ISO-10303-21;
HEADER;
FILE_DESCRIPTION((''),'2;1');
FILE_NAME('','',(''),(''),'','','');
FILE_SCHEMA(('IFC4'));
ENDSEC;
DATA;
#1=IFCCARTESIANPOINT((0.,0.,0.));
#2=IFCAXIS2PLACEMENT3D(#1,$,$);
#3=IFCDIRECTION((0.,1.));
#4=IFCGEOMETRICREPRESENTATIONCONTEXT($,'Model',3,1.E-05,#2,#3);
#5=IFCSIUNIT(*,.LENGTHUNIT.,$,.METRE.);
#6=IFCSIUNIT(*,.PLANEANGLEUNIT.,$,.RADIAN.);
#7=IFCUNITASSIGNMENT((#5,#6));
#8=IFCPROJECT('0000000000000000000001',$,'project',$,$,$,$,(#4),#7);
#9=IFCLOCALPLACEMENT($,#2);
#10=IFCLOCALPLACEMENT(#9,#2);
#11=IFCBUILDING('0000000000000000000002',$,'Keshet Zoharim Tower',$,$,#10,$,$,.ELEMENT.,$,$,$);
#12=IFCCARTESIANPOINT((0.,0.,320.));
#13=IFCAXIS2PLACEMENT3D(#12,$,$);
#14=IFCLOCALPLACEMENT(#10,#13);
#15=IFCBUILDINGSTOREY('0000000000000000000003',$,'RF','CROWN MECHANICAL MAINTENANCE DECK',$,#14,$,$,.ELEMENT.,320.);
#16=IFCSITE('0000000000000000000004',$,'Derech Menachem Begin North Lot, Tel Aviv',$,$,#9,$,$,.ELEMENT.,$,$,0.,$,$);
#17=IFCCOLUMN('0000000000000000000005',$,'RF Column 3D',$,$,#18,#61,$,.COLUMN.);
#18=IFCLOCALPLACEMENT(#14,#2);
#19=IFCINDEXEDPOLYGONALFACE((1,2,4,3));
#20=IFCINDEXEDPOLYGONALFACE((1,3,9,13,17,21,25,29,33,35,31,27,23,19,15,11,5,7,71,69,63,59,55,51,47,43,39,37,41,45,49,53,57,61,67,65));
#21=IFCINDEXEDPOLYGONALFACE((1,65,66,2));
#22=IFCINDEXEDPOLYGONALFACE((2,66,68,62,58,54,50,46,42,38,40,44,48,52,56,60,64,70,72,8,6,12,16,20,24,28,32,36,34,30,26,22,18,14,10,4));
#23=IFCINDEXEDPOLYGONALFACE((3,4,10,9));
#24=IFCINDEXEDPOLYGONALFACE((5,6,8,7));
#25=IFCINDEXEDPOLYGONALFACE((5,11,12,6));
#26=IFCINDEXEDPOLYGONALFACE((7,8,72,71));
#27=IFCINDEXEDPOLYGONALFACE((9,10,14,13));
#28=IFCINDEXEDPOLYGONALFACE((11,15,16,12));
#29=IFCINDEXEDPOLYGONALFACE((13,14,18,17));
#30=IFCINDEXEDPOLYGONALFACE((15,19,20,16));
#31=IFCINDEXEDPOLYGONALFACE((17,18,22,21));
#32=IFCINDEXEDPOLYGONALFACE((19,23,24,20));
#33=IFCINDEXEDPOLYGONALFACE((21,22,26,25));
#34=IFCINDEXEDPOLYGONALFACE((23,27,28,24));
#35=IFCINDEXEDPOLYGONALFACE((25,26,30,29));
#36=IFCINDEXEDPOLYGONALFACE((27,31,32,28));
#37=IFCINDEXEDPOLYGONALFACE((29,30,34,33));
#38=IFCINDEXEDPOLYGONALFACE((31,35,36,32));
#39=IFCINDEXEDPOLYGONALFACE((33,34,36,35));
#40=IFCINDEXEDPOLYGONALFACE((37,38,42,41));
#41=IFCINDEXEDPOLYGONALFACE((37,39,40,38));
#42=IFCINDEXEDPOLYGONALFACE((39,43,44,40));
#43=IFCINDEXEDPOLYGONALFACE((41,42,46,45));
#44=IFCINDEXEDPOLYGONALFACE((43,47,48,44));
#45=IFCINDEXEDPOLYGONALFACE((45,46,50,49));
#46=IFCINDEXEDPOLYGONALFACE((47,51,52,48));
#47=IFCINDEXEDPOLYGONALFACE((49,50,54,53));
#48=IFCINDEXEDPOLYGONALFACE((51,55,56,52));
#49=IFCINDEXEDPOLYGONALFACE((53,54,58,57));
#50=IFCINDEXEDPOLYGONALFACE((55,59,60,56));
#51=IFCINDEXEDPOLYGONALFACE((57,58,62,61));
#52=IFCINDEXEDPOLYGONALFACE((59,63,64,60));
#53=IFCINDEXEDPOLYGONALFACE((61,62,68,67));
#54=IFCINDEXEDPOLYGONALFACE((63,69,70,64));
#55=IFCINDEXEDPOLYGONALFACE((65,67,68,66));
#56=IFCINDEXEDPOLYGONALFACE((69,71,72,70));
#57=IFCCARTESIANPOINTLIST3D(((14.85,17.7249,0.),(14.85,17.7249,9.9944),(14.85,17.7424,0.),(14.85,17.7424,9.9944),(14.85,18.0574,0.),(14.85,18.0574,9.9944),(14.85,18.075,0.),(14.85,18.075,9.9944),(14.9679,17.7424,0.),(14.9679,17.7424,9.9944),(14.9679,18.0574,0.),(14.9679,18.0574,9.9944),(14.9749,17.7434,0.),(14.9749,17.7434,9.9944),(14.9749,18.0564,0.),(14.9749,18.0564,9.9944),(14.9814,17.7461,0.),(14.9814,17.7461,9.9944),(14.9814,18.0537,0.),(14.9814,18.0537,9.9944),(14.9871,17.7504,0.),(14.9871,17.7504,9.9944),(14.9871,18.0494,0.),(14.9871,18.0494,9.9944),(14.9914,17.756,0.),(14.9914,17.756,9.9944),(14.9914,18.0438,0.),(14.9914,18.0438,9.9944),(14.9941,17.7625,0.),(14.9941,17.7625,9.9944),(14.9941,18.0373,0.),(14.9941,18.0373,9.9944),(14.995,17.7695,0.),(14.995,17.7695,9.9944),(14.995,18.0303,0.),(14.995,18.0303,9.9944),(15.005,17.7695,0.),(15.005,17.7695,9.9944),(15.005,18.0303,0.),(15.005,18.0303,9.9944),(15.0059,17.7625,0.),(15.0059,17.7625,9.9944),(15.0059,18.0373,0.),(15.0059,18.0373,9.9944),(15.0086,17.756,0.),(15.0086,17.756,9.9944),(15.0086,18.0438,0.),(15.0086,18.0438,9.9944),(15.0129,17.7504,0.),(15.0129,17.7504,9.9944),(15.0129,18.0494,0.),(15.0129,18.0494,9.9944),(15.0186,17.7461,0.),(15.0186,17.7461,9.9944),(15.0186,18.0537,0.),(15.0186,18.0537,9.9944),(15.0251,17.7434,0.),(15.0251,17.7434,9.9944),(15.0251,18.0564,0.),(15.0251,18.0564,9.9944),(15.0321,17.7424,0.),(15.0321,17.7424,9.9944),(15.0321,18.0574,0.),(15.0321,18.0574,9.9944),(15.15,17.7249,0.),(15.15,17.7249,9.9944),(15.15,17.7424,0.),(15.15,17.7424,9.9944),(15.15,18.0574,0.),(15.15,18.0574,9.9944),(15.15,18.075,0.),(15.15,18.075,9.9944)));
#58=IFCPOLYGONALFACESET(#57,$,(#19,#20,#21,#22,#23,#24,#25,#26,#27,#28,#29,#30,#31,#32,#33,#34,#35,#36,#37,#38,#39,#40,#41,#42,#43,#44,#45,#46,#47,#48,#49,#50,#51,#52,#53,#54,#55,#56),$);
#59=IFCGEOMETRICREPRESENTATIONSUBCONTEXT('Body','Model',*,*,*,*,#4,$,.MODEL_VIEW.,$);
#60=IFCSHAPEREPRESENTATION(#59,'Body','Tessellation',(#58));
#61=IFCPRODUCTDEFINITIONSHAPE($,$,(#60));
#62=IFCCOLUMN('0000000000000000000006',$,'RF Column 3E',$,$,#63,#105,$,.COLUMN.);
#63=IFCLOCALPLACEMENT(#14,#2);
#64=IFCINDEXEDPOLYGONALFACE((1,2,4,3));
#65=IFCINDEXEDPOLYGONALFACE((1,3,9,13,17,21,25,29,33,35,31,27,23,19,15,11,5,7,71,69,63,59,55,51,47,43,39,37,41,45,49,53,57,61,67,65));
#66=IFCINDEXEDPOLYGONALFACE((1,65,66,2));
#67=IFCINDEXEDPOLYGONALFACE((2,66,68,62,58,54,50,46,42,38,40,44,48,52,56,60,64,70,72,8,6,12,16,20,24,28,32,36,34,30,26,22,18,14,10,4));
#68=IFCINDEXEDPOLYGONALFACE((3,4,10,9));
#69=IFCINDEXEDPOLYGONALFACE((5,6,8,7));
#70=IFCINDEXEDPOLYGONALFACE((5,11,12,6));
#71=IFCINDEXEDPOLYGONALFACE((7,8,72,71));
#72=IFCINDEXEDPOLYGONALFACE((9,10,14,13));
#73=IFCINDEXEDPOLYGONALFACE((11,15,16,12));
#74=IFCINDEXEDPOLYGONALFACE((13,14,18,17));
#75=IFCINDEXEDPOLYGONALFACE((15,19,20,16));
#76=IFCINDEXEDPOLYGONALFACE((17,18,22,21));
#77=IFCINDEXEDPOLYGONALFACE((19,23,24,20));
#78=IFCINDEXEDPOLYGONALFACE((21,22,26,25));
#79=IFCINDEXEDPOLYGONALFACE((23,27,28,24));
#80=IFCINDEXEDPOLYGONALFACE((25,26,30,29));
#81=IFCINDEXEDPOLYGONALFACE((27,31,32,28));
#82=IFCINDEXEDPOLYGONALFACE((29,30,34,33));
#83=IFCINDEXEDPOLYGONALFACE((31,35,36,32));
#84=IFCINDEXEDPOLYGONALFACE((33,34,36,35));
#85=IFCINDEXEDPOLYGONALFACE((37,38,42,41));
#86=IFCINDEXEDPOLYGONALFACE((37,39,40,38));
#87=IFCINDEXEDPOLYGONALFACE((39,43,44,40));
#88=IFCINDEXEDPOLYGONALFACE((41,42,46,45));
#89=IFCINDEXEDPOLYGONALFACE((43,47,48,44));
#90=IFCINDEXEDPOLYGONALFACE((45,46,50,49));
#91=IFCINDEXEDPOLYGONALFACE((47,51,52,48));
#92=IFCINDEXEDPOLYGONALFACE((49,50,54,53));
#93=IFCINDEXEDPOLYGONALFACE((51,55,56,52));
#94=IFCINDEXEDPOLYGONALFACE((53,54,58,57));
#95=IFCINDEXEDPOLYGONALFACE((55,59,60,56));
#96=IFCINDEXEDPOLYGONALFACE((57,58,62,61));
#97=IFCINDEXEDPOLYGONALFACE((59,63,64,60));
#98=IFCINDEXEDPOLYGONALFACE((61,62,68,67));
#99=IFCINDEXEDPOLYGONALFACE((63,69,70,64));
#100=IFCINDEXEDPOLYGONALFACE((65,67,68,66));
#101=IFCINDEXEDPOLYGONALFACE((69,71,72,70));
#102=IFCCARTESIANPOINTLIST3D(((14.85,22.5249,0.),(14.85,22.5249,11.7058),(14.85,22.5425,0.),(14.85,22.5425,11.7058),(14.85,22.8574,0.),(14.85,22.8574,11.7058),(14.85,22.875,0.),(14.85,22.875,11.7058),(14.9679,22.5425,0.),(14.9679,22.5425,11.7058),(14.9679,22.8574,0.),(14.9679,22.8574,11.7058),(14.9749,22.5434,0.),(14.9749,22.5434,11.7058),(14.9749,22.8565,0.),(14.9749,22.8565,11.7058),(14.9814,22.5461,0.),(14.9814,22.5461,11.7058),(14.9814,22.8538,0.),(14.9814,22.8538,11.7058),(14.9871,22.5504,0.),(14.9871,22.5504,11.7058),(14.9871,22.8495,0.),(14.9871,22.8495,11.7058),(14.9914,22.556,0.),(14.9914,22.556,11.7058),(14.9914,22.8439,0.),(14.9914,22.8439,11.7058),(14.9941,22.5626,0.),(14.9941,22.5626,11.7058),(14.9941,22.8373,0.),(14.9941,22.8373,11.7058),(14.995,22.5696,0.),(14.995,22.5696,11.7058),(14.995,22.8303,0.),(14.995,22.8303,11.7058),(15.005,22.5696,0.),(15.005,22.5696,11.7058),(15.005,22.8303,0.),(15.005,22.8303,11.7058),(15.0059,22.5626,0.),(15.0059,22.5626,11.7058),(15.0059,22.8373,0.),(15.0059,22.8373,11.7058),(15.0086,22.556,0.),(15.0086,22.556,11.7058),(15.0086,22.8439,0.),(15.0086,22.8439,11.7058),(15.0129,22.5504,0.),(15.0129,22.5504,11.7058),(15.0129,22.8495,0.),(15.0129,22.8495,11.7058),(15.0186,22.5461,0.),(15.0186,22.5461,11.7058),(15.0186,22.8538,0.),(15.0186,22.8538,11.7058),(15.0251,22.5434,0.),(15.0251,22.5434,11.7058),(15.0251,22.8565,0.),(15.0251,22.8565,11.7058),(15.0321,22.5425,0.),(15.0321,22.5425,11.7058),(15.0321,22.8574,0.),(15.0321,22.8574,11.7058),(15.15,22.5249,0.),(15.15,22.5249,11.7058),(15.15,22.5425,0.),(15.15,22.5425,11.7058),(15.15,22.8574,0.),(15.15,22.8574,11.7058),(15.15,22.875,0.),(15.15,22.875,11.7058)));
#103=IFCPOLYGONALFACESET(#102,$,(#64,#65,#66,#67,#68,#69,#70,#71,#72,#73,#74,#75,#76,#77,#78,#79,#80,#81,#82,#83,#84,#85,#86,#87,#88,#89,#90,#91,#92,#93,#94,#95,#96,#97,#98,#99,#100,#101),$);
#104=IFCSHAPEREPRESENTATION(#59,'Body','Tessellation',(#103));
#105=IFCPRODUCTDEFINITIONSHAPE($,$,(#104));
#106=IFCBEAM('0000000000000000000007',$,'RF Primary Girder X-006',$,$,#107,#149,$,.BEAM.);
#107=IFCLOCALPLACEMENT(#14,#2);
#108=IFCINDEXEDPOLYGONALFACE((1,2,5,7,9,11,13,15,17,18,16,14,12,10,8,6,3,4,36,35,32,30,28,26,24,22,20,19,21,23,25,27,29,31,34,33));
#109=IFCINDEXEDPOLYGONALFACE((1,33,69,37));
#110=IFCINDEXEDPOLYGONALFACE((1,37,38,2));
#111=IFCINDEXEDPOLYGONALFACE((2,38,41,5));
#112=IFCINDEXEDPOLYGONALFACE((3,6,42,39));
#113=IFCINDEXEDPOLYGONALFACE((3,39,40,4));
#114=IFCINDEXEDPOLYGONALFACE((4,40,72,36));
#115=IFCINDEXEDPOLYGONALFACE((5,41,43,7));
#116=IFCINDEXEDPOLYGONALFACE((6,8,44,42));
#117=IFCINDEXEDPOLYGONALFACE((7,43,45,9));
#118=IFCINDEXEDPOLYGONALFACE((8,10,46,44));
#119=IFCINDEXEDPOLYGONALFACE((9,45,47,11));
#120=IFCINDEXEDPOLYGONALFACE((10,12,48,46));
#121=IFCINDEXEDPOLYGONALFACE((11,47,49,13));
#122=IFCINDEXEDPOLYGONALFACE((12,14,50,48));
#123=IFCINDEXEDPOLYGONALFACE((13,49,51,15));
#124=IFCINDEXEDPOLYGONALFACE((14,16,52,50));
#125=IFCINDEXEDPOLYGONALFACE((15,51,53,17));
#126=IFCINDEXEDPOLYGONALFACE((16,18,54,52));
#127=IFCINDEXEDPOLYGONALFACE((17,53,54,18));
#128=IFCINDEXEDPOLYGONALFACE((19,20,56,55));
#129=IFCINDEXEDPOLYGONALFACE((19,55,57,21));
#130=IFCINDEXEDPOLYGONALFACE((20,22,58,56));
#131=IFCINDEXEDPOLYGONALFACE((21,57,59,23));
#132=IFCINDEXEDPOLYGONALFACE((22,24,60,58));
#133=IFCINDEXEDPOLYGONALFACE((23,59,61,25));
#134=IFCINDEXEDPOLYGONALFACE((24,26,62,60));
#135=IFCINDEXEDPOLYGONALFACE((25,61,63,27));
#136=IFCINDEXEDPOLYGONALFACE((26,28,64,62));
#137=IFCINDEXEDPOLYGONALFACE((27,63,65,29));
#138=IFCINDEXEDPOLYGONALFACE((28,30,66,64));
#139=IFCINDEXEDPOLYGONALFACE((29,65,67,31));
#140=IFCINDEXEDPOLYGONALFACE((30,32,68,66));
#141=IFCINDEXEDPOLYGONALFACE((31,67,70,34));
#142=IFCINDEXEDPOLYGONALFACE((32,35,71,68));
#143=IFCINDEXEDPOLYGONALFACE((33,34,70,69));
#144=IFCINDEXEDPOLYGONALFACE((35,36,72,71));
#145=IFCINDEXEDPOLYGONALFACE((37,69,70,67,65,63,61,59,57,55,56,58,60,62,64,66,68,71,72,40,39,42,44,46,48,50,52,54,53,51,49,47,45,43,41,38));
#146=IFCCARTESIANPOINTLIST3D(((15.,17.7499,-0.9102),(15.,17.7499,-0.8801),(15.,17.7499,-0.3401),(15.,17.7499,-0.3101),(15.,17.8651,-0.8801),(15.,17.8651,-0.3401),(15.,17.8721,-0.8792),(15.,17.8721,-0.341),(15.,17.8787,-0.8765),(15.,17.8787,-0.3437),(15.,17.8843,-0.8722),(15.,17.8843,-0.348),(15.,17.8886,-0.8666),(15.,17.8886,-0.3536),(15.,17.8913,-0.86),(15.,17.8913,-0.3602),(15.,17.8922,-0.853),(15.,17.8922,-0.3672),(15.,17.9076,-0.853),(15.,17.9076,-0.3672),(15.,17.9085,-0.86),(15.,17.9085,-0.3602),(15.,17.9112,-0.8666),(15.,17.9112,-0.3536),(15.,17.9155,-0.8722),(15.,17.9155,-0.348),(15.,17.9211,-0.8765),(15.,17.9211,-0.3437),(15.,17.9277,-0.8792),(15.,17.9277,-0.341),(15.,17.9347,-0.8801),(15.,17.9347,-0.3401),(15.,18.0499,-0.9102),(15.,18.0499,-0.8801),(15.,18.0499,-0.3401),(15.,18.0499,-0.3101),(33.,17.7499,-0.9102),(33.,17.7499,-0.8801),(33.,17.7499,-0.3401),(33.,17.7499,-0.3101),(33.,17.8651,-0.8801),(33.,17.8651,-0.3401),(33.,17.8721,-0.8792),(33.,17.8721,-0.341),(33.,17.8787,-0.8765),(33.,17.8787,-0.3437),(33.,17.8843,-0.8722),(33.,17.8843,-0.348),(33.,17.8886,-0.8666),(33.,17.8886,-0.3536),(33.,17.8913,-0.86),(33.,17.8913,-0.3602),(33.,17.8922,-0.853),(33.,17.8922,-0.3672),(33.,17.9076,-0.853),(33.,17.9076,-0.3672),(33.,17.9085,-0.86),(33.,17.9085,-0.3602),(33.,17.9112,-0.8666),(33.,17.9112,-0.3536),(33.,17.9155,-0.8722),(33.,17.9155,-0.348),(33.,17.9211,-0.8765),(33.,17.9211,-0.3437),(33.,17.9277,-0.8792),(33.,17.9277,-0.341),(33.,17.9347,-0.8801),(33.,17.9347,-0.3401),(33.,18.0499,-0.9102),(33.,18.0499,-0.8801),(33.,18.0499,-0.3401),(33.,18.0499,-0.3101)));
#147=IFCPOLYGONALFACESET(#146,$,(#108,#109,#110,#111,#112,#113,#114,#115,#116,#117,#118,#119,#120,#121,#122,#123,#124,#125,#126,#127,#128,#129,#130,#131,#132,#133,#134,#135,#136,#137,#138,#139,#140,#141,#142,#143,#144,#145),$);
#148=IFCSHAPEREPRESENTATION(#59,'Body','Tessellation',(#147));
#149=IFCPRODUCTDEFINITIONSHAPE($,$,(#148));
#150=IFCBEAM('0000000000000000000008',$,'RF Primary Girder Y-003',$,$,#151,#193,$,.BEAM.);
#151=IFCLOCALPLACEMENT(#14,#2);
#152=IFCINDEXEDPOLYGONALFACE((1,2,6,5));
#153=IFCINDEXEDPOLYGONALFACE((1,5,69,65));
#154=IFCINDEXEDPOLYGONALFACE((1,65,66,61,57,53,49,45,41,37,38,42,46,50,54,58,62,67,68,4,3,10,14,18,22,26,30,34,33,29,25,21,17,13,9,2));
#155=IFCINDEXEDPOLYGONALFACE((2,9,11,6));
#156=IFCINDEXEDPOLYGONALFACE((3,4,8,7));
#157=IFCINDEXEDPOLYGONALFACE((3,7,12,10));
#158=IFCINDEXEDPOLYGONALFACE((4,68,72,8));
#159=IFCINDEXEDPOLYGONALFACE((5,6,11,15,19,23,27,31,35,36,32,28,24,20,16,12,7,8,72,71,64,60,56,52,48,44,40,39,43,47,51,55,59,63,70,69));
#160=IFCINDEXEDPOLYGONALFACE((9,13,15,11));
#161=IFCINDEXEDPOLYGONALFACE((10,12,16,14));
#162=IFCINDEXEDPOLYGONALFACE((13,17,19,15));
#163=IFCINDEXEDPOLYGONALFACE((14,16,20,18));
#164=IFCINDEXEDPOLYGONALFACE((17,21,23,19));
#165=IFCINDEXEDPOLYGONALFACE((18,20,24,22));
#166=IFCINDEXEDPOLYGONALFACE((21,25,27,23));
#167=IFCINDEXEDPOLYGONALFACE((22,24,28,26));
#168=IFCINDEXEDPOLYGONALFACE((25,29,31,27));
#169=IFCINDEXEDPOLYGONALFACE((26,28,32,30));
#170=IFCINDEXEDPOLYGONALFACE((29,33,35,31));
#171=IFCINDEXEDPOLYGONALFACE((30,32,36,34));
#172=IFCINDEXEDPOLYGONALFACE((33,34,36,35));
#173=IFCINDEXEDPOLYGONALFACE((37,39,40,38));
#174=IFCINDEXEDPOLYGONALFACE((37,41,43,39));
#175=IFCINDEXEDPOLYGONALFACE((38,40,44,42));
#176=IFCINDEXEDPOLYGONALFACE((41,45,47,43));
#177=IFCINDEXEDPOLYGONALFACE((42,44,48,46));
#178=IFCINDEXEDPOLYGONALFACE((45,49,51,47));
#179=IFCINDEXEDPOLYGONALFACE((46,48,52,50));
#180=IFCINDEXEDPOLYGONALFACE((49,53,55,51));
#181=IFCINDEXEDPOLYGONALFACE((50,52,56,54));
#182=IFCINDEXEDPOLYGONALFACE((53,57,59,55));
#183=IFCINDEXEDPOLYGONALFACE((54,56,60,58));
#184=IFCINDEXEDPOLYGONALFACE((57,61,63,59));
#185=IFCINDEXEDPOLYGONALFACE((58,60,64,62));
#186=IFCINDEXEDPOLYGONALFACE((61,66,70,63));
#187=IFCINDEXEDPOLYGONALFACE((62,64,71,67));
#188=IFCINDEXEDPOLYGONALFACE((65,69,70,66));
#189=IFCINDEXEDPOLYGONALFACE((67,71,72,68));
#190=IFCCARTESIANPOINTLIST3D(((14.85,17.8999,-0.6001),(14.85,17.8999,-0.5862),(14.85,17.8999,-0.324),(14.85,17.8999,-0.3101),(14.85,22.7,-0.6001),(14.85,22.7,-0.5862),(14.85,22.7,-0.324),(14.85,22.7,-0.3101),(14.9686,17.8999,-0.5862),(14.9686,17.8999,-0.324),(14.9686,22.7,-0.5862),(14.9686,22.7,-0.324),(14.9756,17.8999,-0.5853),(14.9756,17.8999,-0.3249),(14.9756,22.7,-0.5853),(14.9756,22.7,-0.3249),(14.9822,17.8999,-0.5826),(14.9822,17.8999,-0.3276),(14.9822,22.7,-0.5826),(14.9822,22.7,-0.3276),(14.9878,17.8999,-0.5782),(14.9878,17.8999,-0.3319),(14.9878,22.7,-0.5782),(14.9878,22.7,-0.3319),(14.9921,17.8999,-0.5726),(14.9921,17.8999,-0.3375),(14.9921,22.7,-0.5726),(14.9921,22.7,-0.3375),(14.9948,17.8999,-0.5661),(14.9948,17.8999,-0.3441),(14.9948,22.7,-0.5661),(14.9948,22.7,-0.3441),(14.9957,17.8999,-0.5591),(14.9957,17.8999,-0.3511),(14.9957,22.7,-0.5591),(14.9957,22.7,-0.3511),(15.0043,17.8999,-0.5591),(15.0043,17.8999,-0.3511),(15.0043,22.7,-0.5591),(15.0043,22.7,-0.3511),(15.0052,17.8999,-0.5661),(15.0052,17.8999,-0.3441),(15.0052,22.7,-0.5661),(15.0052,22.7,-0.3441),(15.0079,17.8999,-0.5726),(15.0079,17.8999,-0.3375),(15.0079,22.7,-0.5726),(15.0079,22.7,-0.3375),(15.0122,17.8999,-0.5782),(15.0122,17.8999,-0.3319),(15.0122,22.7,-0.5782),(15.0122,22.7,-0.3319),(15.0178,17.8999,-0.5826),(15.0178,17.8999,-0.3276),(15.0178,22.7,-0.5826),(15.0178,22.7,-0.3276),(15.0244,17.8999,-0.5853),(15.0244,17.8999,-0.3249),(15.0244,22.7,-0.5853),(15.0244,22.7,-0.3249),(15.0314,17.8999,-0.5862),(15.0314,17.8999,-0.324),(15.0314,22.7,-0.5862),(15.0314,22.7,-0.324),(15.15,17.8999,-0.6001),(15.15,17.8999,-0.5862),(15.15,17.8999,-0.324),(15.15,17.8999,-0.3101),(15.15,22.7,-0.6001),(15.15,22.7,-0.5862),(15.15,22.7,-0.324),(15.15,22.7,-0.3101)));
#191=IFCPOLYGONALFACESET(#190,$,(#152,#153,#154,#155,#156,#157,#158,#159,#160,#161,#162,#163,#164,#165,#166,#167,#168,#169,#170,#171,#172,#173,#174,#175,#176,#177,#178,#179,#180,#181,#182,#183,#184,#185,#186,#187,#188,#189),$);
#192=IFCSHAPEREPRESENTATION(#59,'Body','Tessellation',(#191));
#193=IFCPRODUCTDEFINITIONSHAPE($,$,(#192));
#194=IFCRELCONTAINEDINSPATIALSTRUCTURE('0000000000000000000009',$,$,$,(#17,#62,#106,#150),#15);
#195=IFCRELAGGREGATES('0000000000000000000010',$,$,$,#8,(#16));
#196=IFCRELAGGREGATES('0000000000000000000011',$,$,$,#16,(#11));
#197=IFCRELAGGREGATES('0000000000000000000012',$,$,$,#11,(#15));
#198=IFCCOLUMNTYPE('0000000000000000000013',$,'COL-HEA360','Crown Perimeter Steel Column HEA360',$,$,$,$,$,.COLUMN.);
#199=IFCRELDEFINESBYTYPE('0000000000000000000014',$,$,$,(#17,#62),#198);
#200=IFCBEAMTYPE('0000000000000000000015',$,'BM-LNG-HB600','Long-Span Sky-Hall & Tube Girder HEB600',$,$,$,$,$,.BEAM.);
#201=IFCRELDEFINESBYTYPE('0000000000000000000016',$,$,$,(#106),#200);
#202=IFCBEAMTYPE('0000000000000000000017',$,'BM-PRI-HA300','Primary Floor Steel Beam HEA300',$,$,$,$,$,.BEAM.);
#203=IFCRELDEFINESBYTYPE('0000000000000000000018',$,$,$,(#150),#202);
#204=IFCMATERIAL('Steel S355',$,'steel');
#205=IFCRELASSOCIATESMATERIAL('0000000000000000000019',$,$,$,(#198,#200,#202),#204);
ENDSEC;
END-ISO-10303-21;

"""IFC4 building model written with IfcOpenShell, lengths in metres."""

from ifc_helpers import new_model, si_unit, direction, frame, origin, origin_2d, place, context, subcontext, project, spatial, i_section, extrude, material, material_profile, profile_set, type_object, element, save


model = new_model("IFC4")

# Units and contexts
model_context = context("Model", 3, precision=1e-05, world=origin(), true_north=direction((0.0, 1.0)))
body_context = subcontext(model_context, "Body", "Model", "MODEL_VIEW")
ifc_project = project(units=[si_unit("LENGTHUNIT", "METRE"), si_unit("PLANEANGLEUNIT", "RADIAN")], contexts=[model_context])

# Site, building, storey
site_placement = place(None, origin())
site = spatial("IfcSite", under=ifc_project, at=site_placement, Name="Derech Menachem Begin North Lot, Tel Aviv", CompositionType="ELEMENT", RefElevation=0.0)
building_placement = place(site_placement, origin())
building = spatial("IfcBuilding", under=site, at=building_placement, Name="Keshet Zoharim Tower", CompositionType="ELEMENT")
storey_placement = place(building_placement, frame((0.0, 0.0, 320.0)))
storey = spatial("IfcBuildingStorey", under=building, at=storey_placement, Name="RF", Description="CROWN MECHANICAL MAINTENANCE DECK", CompositionType="ELEMENT", Elevation=320.0)

# Columns
ifc_material_1 = material(Name="Steel S355", Category="steel")
ifc_material_profile_1 = material_profile(ifc_material_1, i_section(OverallWidth=0.3, OverallDepth=0.3501, WebThickness=0.01, FlangeThickness=0.0176, FilletRadius=0.0271, at=origin_2d()), Name="HEA360")
ifc_profile_set_1 = profile_set([ifc_material_profile_1], Name="Steel S355")
column_type = type_object("IfcColumnType", Name="COL-HEA360", Description="Crown Perimeter Steel Column HEA360", PredefinedType="COLUMN", material=ifc_profile_set_1)
column_1_placement = place(storey_placement, frame((15.0, 17.8999, 0.0), z_axis=(0.0, 0.0, 1.0), x_axis=(1.0, 0.0, 0.0)))
element("IfcColumn", 1, at=column_1_placement, inside=storey, type_object=column_type, Name="RF Column 3D", PredefinedType="COLUMN", context=body_context, shape_type="SweptSolid", body=[
    extrude(i_section(OverallWidth=0.3, OverallDepth=0.3501, WebThickness=0.01, FlangeThickness=0.0176, FilletRadius=0.0271, at=origin_2d()), origin(), (0.0, 0.0, 1.0), 9.9944),
])
column_2_placement = place(storey_placement, frame((15.0, 22.7, 0.0), z_axis=(0.0, 0.0, 1.0), x_axis=(1.0, 0.0, 0.0)))
element("IfcColumn", 2, at=column_2_placement, inside=storey, type_object=column_type, Name="RF Column 3E", PredefinedType="COLUMN", context=body_context, shape_type="SweptSolid", body=[
    extrude(i_section(OverallWidth=0.3, OverallDepth=0.3501, WebThickness=0.01, FlangeThickness=0.0176, FilletRadius=0.0271, at=origin_2d()), origin(), (0.0, 0.0, 1.0), 11.7058),
])

# Beams
ifc_material_profile_2 = material_profile(ifc_material_1, i_section(OverallWidth=0.3, OverallDepth=0.6001, WebThickness=0.0154, FlangeThickness=0.03, FilletRadius=0.0271, at=origin_2d()), Name="HEB600")
ifc_profile_set_2 = profile_set([ifc_material_profile_2], Name="Steel S355")
beam_type_1 = type_object("IfcBeamType", Name="BM-LNG-HB600", Description="Long-Span Sky-Hall & Tube Girder HEB600", PredefinedType="BEAM", material=ifc_profile_set_2)
beam_1_placement = place(storey_placement, frame((15.0, 17.8999, -0.6101), z_axis=(1.0, 0.0, 0.0), x_axis=(0.0, 1.0, 0.0)))
element("IfcBeam", 3, at=beam_1_placement, inside=storey, type_object=beam_type_1, Name="RF Primary Girder X-006", PredefinedType="BEAM", context=body_context, shape_type="SweptSolid", body=[
    extrude(i_section(OverallWidth=0.3, OverallDepth=0.6001, WebThickness=0.0154, FlangeThickness=0.03, FilletRadius=0.0271, at=origin_2d()), origin(), (0.0, 0.0, 1.0), 18.0),
])
ifc_material_profile_3 = material_profile(ifc_material_1, i_section(OverallWidth=0.3, OverallDepth=0.29, WebThickness=0.0085, FlangeThickness=0.0139, FilletRadius=0.0271, at=origin_2d()), Name="HEA300")
ifc_profile_set_3 = profile_set([ifc_material_profile_3], Name="Steel S355")
beam_type_2 = type_object("IfcBeamType", Name="BM-PRI-HA300", Description="Primary Floor Steel Beam HEA300", PredefinedType="BEAM", material=ifc_profile_set_3)
beam_2_placement = place(storey_placement, frame((15.0, 17.8999, -0.4551), z_axis=(0.0, 1.0, 0.0), x_axis=(-1.0, 0.0, 0.0)))
element("IfcBeam", 4, at=beam_2_placement, inside=storey, type_object=beam_type_2, Name="RF Primary Girder Y-003", PredefinedType="BEAM", context=body_context, shape_type="SweptSolid", body=[
    extrude(i_section(OverallWidth=0.3, OverallDepth=0.29, WebThickness=0.0085, FlangeThickness=0.0139, FilletRadius=0.0271, at=origin_2d()), origin(), (0.0, 0.0, 1.0), 4.8),
])

save(model, "model.ifc")
